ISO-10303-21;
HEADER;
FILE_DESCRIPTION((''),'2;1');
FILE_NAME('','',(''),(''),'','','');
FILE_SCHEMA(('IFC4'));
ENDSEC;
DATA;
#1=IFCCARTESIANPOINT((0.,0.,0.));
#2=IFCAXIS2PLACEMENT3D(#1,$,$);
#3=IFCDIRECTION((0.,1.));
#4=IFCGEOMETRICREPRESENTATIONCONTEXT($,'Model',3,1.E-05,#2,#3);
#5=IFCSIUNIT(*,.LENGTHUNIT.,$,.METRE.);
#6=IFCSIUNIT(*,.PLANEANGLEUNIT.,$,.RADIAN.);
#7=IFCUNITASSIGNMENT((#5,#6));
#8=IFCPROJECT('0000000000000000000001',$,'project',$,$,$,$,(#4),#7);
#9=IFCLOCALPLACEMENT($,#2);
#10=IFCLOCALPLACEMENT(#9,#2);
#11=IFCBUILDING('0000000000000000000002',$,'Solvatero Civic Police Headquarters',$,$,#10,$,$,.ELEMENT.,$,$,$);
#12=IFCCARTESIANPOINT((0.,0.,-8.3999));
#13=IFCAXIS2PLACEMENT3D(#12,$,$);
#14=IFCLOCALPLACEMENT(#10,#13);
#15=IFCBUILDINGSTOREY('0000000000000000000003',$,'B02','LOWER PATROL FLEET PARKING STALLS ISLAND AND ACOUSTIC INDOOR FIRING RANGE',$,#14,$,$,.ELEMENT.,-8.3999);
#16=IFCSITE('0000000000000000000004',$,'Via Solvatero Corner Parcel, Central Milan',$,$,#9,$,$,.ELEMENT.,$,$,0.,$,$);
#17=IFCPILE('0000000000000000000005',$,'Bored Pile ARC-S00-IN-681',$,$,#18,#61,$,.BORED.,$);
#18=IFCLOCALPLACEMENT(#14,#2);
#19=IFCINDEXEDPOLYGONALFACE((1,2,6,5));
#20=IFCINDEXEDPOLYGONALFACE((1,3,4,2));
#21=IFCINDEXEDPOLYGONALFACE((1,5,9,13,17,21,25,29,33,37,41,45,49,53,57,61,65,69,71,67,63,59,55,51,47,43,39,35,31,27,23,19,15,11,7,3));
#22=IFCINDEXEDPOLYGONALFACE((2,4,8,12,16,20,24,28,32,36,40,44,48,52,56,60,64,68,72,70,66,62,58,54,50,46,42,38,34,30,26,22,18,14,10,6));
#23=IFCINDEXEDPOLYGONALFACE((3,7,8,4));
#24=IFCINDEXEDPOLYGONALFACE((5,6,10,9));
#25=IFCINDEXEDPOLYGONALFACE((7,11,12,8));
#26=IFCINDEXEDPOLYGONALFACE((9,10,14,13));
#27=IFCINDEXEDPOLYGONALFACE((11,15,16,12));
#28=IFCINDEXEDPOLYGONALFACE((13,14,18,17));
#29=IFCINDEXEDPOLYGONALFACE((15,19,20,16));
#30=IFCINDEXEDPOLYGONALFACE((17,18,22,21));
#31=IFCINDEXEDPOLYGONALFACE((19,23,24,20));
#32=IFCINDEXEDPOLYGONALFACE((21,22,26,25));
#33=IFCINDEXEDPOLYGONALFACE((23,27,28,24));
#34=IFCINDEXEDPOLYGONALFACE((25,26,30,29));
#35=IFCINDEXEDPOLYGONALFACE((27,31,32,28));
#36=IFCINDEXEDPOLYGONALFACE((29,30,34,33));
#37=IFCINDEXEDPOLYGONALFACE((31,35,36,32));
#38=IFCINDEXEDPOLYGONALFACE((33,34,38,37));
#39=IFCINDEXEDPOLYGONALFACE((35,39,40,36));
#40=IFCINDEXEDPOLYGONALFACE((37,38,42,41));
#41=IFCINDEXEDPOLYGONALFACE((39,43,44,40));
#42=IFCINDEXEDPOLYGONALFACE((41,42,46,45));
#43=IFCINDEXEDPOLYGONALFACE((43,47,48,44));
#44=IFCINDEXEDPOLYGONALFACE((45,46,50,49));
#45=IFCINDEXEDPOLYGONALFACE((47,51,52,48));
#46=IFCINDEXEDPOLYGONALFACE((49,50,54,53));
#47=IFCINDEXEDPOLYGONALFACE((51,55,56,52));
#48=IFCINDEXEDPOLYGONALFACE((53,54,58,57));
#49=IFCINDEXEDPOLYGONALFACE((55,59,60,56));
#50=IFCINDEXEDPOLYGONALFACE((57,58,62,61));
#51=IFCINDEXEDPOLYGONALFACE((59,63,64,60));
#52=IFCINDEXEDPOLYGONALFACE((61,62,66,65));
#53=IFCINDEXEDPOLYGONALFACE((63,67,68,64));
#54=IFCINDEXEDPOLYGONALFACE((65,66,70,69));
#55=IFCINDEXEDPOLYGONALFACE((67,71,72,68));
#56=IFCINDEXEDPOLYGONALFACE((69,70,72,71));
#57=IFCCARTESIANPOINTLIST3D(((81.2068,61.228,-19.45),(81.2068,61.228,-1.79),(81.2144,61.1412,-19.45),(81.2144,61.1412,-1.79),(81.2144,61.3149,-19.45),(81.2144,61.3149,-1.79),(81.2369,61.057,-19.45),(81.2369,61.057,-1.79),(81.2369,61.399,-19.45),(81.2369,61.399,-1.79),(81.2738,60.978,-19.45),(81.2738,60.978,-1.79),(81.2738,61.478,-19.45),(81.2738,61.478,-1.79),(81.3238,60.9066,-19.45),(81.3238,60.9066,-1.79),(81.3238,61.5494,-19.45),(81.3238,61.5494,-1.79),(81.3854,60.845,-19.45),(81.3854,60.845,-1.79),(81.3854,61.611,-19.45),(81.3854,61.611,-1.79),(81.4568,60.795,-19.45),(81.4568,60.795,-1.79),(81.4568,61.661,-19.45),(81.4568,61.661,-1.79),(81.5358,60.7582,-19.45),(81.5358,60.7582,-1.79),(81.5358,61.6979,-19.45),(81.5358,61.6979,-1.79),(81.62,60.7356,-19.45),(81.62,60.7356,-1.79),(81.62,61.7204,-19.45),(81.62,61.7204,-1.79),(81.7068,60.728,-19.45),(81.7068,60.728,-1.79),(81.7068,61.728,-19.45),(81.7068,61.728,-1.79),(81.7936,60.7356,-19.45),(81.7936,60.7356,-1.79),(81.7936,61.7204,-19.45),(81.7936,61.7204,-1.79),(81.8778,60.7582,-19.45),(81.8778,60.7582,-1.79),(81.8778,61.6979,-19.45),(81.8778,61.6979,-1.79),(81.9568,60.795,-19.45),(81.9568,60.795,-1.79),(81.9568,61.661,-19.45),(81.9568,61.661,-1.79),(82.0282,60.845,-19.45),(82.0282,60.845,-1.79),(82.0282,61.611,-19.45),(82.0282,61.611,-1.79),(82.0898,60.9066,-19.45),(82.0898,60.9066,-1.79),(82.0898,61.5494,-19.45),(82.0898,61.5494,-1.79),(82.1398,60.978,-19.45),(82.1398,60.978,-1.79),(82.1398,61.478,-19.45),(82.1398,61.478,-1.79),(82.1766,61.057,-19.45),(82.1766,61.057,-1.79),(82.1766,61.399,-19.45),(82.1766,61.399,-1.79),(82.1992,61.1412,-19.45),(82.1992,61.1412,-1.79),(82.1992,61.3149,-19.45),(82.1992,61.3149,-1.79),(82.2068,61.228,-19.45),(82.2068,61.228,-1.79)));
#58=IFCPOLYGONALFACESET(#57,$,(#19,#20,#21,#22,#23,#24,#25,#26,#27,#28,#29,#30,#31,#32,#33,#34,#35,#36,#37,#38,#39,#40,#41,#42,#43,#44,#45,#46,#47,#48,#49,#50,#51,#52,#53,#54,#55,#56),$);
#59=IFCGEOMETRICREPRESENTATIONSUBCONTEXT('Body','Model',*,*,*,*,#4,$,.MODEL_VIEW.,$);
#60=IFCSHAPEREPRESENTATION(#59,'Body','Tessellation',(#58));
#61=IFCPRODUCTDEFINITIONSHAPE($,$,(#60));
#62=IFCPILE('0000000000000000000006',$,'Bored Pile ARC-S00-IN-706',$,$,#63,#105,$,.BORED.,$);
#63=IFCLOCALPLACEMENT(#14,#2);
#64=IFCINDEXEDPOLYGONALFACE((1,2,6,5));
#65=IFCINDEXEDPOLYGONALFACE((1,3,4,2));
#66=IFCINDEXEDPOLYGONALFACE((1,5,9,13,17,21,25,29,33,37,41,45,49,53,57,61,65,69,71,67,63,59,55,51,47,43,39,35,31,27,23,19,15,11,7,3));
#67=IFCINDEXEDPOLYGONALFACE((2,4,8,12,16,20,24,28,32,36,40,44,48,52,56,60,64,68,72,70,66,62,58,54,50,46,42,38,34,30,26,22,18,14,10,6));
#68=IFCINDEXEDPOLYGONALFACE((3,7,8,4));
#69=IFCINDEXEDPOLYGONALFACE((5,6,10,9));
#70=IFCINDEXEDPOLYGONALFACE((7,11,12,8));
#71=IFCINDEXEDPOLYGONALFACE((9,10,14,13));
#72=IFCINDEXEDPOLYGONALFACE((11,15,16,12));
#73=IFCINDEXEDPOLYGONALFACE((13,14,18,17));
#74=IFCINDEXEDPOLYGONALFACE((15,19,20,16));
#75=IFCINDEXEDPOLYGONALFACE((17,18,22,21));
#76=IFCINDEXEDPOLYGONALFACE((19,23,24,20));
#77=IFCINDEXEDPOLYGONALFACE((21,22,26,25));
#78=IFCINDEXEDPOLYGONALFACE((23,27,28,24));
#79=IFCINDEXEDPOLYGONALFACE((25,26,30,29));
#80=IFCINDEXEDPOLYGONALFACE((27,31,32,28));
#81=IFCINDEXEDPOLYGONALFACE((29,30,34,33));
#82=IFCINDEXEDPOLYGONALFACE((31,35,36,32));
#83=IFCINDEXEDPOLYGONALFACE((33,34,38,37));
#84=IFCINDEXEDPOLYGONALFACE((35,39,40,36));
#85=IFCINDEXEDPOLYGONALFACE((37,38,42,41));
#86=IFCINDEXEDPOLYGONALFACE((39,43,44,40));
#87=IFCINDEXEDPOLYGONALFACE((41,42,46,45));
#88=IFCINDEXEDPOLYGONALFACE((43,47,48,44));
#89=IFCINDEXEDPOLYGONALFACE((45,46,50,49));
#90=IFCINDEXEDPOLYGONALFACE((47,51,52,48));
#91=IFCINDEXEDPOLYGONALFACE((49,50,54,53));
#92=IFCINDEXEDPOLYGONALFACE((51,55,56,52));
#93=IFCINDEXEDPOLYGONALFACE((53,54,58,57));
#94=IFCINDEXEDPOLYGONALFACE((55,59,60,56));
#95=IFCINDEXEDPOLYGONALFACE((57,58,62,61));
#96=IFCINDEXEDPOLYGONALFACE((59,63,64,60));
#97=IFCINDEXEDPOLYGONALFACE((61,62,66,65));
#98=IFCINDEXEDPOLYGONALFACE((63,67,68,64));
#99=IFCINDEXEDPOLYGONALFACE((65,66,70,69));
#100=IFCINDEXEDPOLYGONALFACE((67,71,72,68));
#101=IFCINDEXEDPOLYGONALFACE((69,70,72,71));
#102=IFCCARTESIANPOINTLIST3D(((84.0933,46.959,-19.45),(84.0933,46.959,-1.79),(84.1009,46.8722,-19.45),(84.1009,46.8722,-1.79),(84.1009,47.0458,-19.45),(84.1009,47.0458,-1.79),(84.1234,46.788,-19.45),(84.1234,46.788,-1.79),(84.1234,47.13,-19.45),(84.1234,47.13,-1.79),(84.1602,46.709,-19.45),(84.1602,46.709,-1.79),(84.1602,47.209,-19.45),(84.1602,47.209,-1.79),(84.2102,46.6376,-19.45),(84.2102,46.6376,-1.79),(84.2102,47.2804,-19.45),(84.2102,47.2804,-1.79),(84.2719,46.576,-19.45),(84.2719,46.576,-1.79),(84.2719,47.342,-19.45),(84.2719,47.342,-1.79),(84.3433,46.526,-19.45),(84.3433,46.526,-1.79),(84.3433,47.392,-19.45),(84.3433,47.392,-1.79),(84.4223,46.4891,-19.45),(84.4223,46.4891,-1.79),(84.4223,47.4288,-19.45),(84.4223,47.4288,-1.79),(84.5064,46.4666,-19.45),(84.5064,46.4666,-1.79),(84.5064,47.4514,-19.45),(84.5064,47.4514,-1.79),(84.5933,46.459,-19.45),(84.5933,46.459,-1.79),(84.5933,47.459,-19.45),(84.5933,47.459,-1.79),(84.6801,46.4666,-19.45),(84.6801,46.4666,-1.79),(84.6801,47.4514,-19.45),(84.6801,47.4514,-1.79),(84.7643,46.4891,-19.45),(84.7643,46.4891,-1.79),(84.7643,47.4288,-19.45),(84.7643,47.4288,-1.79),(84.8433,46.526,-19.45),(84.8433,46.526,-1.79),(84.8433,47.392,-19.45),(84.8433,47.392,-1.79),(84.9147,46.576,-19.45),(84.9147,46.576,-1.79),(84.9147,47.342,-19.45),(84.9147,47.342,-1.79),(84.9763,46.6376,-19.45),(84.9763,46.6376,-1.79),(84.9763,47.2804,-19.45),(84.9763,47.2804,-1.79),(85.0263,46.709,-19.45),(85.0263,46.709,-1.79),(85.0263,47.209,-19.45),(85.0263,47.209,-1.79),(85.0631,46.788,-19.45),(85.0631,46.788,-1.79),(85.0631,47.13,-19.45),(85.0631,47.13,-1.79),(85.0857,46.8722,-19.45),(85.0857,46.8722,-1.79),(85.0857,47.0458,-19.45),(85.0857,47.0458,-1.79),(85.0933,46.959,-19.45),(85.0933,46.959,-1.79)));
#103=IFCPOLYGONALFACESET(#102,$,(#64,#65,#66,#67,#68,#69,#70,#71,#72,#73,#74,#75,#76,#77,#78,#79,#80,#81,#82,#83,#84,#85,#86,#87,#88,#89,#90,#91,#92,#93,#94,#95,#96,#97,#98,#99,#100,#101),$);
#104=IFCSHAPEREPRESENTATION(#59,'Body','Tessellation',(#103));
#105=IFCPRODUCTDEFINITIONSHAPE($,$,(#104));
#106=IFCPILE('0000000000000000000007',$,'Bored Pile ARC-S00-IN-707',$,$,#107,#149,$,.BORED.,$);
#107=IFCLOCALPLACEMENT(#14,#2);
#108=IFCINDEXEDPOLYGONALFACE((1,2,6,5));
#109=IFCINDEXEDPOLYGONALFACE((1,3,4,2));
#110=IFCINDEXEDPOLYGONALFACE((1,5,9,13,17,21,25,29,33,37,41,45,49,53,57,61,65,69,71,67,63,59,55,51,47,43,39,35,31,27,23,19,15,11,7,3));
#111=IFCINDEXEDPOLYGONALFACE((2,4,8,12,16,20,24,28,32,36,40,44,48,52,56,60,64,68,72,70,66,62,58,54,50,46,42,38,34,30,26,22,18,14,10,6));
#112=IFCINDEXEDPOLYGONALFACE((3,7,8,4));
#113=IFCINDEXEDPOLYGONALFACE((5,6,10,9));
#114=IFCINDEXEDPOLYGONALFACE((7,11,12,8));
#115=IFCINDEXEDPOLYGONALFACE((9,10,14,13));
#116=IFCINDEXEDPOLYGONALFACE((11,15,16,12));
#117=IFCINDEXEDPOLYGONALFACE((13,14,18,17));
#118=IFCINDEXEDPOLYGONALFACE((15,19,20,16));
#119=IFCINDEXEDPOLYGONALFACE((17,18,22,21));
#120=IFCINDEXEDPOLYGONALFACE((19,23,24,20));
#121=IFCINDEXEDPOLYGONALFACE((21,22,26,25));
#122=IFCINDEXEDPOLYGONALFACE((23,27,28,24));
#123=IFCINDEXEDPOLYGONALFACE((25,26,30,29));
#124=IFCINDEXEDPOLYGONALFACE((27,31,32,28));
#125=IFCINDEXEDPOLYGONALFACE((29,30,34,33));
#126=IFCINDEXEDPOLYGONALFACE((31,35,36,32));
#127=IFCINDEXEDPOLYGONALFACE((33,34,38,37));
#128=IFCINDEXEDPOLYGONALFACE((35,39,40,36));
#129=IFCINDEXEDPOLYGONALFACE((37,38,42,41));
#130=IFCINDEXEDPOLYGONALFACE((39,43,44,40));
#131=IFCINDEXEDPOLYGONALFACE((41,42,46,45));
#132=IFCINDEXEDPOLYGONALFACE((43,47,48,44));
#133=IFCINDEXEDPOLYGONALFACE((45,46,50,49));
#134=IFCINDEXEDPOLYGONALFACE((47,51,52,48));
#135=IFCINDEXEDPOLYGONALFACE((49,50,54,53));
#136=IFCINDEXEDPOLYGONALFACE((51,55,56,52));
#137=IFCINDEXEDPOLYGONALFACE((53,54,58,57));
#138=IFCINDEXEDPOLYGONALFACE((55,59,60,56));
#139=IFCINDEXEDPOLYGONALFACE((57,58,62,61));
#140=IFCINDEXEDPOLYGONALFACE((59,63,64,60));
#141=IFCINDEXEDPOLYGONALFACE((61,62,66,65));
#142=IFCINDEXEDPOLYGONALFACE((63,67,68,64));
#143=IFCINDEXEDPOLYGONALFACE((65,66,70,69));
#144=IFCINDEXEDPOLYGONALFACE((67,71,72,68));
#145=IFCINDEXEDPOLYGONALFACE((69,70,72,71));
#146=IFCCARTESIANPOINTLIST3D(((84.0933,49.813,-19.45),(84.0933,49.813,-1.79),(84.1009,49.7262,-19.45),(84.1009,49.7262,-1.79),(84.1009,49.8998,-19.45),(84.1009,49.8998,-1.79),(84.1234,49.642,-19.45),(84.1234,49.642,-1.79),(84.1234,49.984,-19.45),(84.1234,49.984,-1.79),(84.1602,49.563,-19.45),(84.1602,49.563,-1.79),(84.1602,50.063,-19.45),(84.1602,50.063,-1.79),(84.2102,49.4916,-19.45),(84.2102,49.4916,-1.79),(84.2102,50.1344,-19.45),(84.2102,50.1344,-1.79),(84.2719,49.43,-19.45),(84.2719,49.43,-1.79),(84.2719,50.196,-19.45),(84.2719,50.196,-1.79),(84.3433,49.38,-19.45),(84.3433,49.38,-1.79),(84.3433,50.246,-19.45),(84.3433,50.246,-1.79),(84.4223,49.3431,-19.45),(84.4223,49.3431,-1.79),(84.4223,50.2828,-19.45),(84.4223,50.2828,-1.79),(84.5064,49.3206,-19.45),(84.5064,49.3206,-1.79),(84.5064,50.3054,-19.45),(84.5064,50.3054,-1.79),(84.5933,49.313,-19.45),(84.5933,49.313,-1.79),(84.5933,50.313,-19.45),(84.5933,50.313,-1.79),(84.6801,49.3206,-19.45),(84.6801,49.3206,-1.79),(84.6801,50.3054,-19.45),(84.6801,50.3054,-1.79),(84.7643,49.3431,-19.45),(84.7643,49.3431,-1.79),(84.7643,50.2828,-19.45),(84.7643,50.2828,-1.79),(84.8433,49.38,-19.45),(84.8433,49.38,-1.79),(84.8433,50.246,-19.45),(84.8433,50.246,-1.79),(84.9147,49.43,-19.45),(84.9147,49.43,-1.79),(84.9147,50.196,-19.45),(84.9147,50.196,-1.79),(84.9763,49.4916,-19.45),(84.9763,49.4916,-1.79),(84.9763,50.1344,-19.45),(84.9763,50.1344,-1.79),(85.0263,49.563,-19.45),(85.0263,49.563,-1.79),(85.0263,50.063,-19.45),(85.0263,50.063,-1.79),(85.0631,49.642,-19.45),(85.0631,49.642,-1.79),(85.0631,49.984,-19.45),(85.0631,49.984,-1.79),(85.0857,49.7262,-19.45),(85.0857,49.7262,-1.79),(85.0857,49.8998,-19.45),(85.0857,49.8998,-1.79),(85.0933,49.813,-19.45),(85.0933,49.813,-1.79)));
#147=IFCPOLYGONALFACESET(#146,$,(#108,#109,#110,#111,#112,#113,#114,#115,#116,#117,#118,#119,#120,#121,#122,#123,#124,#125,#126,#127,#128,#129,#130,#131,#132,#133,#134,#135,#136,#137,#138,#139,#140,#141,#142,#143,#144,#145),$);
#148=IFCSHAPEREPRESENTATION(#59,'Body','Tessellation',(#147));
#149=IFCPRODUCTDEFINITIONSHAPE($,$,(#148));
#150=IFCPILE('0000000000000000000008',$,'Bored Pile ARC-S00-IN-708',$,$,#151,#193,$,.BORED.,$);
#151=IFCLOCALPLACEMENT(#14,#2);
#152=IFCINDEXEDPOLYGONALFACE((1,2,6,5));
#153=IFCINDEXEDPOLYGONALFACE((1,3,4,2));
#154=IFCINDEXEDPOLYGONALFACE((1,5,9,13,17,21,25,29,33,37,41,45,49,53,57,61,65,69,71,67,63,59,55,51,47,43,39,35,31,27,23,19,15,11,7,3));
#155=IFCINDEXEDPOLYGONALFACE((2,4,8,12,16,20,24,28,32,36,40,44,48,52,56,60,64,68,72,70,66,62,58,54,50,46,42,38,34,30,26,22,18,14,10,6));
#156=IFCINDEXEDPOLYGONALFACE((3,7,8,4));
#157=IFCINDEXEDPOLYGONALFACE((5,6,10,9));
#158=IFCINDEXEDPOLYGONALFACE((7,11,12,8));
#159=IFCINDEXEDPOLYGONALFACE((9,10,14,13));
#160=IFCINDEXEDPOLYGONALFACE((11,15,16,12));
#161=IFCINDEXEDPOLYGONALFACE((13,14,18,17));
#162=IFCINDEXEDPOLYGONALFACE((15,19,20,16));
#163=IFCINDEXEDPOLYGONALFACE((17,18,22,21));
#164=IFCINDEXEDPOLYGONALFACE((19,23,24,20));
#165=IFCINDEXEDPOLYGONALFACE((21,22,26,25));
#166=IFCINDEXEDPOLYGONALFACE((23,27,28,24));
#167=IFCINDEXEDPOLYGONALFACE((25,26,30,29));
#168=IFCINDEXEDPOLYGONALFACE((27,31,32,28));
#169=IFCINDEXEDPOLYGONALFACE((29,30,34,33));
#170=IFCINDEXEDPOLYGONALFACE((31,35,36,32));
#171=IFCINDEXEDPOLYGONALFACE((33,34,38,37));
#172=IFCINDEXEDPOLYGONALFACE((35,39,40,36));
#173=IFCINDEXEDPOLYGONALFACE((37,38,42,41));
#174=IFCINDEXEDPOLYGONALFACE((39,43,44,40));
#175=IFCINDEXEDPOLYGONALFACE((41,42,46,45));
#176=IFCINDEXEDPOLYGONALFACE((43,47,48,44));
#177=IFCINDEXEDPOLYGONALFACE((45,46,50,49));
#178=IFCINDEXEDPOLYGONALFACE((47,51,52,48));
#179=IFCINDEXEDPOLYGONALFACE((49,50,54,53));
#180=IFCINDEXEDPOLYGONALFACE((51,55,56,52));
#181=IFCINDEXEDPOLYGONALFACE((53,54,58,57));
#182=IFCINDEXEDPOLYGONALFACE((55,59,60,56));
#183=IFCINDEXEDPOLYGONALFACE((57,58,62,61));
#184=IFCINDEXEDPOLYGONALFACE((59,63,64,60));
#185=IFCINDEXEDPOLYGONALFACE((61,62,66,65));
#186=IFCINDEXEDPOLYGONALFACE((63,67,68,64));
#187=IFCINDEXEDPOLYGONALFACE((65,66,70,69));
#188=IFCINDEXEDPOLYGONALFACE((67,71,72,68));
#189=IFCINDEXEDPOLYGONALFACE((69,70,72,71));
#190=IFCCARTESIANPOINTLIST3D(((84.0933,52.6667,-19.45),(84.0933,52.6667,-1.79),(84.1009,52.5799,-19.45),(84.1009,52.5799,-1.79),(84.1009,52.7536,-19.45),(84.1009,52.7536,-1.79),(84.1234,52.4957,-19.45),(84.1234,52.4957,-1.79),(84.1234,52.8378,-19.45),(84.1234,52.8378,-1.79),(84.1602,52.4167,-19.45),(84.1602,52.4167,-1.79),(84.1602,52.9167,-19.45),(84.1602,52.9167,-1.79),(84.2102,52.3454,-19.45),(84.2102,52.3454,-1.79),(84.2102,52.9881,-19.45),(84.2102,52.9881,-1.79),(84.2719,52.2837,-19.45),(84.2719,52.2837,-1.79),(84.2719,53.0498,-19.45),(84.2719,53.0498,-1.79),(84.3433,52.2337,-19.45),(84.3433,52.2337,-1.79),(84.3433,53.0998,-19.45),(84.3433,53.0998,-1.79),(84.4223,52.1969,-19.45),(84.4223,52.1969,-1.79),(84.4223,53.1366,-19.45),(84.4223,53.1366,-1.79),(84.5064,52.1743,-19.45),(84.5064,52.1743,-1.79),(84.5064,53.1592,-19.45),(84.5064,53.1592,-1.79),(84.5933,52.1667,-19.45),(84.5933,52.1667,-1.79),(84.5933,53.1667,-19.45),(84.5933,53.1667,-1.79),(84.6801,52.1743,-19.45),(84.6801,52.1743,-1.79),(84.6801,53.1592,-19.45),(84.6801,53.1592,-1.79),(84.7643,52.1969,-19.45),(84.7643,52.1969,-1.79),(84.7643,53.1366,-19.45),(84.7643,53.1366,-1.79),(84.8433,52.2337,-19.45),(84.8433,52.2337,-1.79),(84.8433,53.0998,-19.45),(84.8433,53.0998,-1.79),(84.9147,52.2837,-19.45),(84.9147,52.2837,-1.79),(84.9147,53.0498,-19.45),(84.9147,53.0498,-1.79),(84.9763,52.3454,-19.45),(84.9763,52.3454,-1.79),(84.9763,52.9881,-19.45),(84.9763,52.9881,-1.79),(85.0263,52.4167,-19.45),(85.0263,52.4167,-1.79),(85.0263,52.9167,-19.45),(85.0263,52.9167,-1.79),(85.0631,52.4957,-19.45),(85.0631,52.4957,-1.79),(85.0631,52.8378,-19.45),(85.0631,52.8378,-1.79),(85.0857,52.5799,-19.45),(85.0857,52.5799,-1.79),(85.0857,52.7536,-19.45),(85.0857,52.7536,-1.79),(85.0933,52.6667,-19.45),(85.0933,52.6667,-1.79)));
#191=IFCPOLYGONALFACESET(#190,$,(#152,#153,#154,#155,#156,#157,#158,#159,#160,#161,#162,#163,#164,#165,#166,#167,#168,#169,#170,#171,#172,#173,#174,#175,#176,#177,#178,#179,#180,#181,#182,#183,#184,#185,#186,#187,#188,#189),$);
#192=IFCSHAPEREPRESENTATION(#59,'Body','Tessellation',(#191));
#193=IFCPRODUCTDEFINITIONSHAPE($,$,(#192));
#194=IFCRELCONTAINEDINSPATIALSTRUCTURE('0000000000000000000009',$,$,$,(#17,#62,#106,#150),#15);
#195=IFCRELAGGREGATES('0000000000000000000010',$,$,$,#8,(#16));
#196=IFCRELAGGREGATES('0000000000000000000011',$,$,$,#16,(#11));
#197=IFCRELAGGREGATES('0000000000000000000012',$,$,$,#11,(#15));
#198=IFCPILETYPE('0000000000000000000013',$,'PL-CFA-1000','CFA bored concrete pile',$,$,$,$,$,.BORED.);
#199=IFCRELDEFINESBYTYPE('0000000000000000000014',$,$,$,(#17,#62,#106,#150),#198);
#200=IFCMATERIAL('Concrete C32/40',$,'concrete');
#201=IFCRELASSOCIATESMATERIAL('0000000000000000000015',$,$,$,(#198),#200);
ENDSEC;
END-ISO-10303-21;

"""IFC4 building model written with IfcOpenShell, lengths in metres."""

from ifc_helpers import new_model, si_unit, direction, frame, origin, origin_2d, place, context, subcontext, project, spatial, circle, extrude, material, material_profile, profile_set, type_object, element, save


model = new_model("IFC4")

# Units and contexts
model_context = context("Model", 3, precision=1e-05, world=origin(), true_north=direction((0.0, 1.0)))
body_context = subcontext(model_context, "Body", "Model", "MODEL_VIEW")
ifc_project = project(units=[si_unit("LENGTHUNIT", "METRE"), si_unit("PLANEANGLEUNIT", "RADIAN")], contexts=[model_context])

# Site, building, storey
site_placement = place(None, origin())
site = spatial("IfcSite", under=ifc_project, at=site_placement, Name="Via Solvatero Corner Parcel, Central Milan", CompositionType="ELEMENT", RefElevation=0.0)
building_placement = place(site_placement, origin())
building = spatial("IfcBuilding", under=site, at=building_placement, Name="Solvatero Civic Police Headquarters", CompositionType="ELEMENT")
storey_placement = place(building_placement, frame((0.0, 0.0, -8.3999)))
storey = spatial("IfcBuildingStorey", under=building, at=storey_placement, Name="B02", Description="LOWER PATROL FLEET PARKING STALLS ISLAND AND ACOUSTIC INDOOR FIRING RANGE", CompositionType="ELEMENT", Elevation=-8.3999)

# Piles
ifc_material_1 = material(Name="Concrete C32/40", Category="concrete")
ifc_material_profile_1 = material_profile(ifc_material_1, circle(Radius=0.5, at=origin_2d()), Name="CFA PILE D1000")
ifc_profile_set_1 = profile_set([ifc_material_profile_1], Name="Concrete C32/40")
pile_type = type_object("IfcPileType", Name="PL-CFA-1000", Description="CFA bored concrete pile", PredefinedType="BORED", material=ifc_profile_set_1)
for number, where, z_axis, x_axis, name in (
    (1, (81.7068, 61.228, -1.79), (0.0, 0.0, -1.0), (1.0, 0.0, 0.0), "Bored Pile ARC-S00-IN-681"),
    (2, (84.5933, 46.959, -1.79), (0.0, 0.0, -1.0), (1.0, 0.0, 0.0), "Bored Pile ARC-S00-IN-706"),
    (3, (84.5933, 49.813, -1.79), (0.0, 0.0, -1.0), (1.0, 0.0, 0.0), "Bored Pile ARC-S00-IN-707"),
    (4, (84.5933, 52.6667, -1.79), (0.0, 0.0, -1.0), (1.0, 0.0, 0.0), "Bored Pile ARC-S00-IN-708"),
):
    element("IfcPile", number, at=place(storey_placement, frame(where, z_axis=z_axis, x_axis=x_axis)), inside=storey, type_object=pile_type, Name=name, PredefinedType="BORED", context=body_context, shape_type="SweptSolid", body=[
        extrude(circle(Radius=0.5, at=origin_2d()), origin(), (0.0, 0.0, 1.0), 17.6599),
    ])

save(model, "model.ifc")
